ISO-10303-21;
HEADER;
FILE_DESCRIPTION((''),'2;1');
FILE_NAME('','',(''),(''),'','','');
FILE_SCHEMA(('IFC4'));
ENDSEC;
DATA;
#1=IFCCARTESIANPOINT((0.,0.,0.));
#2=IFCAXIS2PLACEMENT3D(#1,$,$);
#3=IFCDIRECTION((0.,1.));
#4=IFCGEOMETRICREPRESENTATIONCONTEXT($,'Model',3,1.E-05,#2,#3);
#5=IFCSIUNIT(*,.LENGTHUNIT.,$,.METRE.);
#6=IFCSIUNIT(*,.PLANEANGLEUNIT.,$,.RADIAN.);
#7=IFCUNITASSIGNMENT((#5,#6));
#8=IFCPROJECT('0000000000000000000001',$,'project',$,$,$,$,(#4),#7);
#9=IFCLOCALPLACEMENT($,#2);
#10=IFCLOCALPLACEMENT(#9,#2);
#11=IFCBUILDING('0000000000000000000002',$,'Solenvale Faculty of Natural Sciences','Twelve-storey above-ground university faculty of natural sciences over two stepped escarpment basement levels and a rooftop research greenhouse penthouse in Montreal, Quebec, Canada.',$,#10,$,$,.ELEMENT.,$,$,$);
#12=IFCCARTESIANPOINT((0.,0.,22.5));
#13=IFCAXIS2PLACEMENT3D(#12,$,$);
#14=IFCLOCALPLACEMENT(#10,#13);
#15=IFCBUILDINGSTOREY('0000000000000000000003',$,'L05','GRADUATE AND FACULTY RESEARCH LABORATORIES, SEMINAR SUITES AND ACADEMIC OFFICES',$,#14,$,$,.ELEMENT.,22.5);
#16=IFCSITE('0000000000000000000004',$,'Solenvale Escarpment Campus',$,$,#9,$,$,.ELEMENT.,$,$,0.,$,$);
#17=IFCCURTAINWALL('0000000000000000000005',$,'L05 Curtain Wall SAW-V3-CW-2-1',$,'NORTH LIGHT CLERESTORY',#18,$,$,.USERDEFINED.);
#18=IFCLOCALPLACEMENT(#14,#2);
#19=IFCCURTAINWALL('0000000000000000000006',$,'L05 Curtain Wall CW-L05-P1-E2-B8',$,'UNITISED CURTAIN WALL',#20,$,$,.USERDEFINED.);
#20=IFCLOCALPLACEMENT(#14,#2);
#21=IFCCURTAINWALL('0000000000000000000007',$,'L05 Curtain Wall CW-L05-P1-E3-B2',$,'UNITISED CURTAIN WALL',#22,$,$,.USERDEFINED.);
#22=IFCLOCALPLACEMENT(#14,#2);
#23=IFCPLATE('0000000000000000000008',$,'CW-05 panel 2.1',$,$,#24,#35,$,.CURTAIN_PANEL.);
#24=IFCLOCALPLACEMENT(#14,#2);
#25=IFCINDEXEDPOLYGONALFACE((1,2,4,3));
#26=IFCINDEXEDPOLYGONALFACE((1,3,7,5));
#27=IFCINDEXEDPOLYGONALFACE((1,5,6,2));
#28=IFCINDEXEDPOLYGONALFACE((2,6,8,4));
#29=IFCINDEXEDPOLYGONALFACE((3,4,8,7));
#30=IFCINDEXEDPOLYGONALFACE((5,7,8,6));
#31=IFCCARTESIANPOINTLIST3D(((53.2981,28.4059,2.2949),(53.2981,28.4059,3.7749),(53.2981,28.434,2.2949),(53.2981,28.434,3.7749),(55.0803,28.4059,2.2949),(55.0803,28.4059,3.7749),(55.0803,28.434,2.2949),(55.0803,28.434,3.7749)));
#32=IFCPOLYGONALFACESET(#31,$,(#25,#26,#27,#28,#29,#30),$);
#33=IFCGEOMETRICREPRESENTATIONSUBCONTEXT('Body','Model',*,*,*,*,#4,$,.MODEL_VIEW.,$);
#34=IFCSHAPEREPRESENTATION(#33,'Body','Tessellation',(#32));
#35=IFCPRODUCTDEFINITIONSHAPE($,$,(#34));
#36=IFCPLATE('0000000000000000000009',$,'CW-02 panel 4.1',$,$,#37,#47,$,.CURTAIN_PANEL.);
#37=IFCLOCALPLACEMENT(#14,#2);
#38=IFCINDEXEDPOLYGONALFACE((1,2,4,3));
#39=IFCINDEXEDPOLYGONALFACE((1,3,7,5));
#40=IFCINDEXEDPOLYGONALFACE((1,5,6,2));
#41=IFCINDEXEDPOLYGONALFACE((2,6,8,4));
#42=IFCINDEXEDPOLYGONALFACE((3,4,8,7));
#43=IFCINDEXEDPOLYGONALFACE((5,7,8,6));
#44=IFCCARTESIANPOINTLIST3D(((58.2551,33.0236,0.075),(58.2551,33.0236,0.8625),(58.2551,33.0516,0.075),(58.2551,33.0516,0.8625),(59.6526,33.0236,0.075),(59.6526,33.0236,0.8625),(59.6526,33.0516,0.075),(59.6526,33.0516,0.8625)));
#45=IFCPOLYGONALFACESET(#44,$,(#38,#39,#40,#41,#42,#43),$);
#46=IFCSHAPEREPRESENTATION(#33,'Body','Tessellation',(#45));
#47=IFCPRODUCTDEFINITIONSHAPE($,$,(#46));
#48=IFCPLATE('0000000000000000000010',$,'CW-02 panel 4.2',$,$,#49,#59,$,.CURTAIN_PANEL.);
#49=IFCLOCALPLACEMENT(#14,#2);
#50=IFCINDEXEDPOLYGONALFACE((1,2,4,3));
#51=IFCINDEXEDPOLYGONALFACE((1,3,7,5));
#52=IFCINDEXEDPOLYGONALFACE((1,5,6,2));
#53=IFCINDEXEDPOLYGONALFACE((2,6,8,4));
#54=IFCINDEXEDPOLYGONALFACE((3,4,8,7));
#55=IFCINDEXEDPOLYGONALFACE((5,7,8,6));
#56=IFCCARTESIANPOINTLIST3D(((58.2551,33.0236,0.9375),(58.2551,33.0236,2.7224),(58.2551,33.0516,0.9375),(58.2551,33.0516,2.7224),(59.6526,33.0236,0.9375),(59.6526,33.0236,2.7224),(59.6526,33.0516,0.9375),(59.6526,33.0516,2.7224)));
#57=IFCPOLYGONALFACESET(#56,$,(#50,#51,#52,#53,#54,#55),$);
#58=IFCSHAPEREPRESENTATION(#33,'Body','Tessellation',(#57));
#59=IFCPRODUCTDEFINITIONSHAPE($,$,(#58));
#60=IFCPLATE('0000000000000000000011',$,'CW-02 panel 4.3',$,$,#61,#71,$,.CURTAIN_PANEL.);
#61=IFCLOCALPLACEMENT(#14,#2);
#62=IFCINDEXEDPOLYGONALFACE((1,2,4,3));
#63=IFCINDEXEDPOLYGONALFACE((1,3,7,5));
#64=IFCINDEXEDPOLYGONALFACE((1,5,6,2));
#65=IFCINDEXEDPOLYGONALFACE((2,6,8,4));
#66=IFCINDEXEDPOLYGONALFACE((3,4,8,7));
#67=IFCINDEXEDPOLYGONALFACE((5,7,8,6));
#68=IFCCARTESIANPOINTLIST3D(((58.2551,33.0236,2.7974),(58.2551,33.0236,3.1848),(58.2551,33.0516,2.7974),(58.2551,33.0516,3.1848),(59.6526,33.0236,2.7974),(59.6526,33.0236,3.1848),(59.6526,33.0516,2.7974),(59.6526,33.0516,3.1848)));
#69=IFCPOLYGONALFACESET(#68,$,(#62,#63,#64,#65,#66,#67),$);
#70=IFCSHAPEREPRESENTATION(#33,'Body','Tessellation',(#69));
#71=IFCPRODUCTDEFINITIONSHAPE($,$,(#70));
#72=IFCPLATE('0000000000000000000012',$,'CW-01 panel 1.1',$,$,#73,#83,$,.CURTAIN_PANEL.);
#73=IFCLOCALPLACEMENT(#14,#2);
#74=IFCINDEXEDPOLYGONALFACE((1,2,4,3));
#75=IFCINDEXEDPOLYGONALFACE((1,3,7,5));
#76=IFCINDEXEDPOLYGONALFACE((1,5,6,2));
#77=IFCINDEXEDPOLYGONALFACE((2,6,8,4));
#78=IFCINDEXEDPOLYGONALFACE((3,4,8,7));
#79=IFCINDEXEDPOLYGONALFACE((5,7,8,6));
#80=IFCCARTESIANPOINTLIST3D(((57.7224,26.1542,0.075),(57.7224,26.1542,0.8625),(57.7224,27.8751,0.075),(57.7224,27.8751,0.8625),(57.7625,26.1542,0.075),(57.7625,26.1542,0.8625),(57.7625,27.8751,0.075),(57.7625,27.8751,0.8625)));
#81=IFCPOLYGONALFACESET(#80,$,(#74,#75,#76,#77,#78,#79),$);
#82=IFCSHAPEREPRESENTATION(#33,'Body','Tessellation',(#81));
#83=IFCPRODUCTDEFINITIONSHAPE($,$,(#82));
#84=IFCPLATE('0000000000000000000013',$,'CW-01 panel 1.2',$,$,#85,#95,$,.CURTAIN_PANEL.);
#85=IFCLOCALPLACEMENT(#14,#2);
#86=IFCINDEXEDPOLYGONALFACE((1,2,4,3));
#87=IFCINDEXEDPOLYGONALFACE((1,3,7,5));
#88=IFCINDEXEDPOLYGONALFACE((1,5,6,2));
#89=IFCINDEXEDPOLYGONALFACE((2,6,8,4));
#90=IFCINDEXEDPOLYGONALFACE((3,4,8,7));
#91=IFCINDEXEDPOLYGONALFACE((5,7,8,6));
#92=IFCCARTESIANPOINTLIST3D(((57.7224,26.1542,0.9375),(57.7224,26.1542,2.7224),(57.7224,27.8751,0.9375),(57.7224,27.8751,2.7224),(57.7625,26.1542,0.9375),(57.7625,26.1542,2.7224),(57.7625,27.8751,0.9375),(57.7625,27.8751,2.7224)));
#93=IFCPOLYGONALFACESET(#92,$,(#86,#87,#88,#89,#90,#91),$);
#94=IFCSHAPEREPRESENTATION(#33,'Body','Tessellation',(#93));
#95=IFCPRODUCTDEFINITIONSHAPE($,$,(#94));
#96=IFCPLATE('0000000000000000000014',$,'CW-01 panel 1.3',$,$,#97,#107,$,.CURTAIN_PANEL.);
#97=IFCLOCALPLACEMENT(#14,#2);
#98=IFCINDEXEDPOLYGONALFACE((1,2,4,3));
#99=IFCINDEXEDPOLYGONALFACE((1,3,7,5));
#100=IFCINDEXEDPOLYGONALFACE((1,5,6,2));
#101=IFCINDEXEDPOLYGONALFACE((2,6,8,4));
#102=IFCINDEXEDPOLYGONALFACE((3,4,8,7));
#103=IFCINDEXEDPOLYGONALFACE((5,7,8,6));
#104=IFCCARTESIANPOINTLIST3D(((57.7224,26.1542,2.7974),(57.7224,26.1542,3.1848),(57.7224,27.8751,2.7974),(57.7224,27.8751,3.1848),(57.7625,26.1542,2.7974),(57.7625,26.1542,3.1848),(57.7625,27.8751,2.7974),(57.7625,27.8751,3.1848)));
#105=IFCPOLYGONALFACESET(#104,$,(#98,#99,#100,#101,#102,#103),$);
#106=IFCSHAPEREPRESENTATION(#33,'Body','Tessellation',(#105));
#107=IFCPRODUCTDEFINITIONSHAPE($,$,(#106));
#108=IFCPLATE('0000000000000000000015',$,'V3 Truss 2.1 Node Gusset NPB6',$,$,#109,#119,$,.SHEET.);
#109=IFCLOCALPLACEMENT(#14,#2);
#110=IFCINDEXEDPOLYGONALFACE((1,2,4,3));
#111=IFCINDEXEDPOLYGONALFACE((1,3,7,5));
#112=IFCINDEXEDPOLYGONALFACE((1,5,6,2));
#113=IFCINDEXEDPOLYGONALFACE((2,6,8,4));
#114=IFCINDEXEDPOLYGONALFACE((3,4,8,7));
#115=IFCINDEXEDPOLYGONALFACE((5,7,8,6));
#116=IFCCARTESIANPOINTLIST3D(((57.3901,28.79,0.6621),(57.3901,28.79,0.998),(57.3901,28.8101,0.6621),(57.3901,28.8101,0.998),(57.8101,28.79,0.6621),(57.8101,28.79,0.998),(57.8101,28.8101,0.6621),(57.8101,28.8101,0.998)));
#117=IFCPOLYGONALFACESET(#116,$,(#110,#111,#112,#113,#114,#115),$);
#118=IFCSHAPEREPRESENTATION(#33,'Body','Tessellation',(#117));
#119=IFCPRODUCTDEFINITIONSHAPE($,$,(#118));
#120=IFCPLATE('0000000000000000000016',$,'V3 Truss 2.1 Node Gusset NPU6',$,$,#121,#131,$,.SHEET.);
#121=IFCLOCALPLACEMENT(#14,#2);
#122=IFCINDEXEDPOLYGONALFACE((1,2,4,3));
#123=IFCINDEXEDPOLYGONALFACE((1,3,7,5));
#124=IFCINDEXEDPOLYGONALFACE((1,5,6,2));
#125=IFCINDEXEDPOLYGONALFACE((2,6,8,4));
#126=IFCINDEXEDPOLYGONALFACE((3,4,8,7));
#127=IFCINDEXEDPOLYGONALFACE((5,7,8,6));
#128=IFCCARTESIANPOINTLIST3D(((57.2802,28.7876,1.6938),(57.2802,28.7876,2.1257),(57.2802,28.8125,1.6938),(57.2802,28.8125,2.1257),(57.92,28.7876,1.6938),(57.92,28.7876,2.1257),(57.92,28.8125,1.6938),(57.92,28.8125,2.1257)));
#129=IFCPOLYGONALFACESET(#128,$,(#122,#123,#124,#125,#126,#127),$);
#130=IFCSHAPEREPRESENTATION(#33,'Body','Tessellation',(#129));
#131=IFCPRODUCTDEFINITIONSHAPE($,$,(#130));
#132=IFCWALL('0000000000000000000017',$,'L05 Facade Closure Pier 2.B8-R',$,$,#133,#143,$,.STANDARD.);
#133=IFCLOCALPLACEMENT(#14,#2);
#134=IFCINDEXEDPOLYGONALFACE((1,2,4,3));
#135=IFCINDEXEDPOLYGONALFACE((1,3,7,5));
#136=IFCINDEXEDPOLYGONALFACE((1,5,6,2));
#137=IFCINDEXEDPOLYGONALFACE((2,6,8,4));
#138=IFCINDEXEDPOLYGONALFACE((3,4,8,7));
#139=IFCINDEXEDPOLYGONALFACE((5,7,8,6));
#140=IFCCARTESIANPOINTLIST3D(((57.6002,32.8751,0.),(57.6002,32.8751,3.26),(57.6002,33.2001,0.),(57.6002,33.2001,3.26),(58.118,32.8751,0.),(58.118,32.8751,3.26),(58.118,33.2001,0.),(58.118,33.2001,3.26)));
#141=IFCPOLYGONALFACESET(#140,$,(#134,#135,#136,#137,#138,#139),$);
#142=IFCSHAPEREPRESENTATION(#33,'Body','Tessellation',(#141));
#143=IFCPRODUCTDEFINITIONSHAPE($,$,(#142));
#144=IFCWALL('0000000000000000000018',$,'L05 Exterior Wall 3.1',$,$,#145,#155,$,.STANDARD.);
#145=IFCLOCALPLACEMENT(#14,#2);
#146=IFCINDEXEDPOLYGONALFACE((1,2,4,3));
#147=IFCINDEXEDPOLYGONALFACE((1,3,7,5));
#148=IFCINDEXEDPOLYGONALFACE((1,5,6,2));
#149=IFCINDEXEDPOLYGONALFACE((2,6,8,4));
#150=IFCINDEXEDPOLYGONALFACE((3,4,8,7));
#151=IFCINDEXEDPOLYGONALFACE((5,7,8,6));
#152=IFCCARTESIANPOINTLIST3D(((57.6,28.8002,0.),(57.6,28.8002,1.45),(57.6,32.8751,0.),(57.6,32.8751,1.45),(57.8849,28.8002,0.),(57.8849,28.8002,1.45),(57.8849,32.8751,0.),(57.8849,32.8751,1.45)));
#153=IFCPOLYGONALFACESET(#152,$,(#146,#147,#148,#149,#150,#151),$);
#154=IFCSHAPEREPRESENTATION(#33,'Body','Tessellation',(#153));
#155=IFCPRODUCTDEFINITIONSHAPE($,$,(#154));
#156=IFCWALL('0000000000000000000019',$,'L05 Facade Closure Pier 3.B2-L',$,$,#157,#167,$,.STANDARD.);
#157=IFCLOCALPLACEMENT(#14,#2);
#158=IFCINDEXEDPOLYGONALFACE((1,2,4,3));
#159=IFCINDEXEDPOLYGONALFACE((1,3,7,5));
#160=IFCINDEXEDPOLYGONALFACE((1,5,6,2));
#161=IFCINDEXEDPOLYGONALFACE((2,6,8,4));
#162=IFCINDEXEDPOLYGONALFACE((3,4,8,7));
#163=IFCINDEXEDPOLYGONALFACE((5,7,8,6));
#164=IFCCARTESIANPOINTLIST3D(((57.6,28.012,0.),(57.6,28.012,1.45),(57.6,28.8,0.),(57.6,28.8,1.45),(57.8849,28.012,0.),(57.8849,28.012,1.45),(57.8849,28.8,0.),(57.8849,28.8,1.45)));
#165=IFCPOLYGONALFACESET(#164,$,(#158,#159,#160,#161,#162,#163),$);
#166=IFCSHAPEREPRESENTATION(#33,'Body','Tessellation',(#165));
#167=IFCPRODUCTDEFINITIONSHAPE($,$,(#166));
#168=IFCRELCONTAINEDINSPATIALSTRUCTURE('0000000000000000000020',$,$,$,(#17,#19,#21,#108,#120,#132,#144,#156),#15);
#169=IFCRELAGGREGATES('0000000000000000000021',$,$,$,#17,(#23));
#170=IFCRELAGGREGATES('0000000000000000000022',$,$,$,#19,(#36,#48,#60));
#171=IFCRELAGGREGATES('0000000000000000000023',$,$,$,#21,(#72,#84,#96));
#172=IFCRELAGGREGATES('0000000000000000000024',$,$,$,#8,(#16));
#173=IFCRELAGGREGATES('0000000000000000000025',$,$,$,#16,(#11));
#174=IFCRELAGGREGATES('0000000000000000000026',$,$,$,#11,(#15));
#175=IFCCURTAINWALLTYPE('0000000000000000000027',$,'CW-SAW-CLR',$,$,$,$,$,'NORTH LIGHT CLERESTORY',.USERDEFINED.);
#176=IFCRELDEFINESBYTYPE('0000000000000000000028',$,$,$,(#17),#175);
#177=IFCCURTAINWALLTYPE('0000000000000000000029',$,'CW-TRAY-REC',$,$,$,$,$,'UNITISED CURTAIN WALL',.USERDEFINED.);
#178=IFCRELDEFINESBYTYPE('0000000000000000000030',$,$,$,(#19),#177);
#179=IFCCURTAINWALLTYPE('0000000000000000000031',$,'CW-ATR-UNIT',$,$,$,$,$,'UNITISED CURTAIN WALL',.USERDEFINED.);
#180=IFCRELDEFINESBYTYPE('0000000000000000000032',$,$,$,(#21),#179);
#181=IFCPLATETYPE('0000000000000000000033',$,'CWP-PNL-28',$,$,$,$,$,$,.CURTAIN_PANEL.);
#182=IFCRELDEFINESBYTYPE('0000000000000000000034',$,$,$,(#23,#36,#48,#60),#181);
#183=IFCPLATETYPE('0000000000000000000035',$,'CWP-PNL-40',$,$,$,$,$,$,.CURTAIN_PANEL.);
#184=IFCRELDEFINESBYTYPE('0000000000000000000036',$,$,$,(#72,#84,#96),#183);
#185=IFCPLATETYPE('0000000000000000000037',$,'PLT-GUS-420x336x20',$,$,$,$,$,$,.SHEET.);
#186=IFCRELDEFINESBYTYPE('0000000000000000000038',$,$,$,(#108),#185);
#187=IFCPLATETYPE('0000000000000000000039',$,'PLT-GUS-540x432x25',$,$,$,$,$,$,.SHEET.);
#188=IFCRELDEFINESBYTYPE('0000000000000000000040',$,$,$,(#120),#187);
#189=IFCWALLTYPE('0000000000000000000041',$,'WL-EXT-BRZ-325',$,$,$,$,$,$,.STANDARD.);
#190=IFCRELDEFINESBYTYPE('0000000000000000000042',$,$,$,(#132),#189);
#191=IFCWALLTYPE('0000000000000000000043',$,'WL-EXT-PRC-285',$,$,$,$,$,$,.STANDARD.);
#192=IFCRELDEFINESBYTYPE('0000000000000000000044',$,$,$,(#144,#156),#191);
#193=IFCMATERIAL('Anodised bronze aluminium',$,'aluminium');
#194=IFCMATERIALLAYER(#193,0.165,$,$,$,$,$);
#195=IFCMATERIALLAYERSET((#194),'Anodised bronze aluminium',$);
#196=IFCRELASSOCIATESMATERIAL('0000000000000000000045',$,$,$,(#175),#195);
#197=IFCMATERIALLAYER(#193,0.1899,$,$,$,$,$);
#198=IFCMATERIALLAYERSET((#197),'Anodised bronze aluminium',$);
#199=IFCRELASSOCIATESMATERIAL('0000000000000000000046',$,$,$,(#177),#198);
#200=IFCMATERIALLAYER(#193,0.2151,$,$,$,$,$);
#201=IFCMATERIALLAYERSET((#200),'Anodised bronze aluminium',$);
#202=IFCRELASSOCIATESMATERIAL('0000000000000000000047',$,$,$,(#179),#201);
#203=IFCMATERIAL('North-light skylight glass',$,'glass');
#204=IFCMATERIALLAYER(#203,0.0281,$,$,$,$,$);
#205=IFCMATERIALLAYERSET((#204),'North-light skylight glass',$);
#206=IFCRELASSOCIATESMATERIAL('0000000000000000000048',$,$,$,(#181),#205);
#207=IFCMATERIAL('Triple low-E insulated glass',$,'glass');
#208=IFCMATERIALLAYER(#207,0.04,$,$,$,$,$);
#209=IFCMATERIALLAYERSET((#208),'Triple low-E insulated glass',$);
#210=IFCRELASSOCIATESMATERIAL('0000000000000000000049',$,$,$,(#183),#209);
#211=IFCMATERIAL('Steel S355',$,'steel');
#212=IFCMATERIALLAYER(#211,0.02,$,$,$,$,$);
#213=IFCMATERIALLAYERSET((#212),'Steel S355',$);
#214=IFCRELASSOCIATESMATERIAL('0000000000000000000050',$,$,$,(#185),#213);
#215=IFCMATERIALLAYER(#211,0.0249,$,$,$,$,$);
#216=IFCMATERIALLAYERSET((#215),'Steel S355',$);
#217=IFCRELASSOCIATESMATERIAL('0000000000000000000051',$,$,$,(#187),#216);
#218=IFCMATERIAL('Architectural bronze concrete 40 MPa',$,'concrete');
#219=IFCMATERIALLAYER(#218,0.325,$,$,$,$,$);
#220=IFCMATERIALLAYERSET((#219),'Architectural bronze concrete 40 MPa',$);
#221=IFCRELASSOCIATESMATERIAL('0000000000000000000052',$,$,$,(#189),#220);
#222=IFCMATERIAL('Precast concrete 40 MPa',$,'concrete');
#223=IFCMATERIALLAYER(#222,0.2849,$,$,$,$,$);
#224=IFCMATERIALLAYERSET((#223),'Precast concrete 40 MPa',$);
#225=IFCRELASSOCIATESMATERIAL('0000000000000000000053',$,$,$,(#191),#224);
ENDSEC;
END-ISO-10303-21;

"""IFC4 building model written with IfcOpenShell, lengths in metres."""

from ifc_helpers import new_model, si_unit, direction, frame, frame_2d, origin, origin_2d, place, context, subcontext, project, spatial, rectangle, extrude, material, layer, layer_set, type_object, element, aggregate, save


model = new_model("IFC4")

# Units and contexts
model_context = context("Model", 3, precision=1e-05, world=origin(), true_north=direction((0.0, 1.0)))
body_context = subcontext(model_context, "Body", "Model", "MODEL_VIEW")
ifc_project = project(units=[si_unit("LENGTHUNIT", "METRE"), si_unit("PLANEANGLEUNIT", "RADIAN")], contexts=[model_context])

# Site, building, storey
site_placement = place(None, origin())
site = spatial("IfcSite", under=ifc_project, at=site_placement, Name="Solenvale Escarpment Campus", CompositionType="ELEMENT", RefElevation=0.0)
building_placement = place(site_placement, origin())
building = spatial("IfcBuilding", under=site, at=building_placement, Name="Solenvale Faculty of Natural Sciences", Description="Twelve-storey above-ground university faculty of natural sciences over two stepped escarpment basement levels and a rooftop research greenhouse penthouse in Montreal, Quebec, Canada.", CompositionType="ELEMENT")
storey_placement = place(building_placement, frame((0.0, 0.0, 22.5)))
storey = spatial("IfcBuildingStorey", under=building, at=storey_placement, Name="L05", Description="GRADUATE AND FACULTY RESEARCH LABORATORIES, SEMINAR SUITES AND ACADEMIC OFFICES", CompositionType="ELEMENT", Elevation=22.5)

# Shared definitions
ifc_material_1 = material(Name="Steel S355", Category="steel")

# Curtain wall
ifc_material_2 = material(Name="Anodised bronze aluminium", Category="aluminium")
ifc_layer_1 = layer(ifc_material_2, 0.165)
ifc_layer_set_1 = layer_set([ifc_layer_1], Name="Anodised bronze aluminium")
curtain_wall_type_1 = type_object("IfcCurtainWallType", Name="CW-SAW-CLR", ElementType="NORTH LIGHT CLERESTORY", PredefinedType="USERDEFINED", material=ifc_layer_set_1)
curtain_wall_1_placement = place(storey_placement, origin())
curtain_wall_1 = element("IfcCurtainWall", 1, at=curtain_wall_1_placement, inside=storey, type_object=curtain_wall_type_1, Name="L05 Curtain Wall SAW-V3-CW-2-1", ObjectType="NORTH LIGHT CLERESTORY", PredefinedType="USERDEFINED")

# Curtain wall
ifc_layer_2 = layer(ifc_material_2, 0.1899)
ifc_layer_set_2 = layer_set([ifc_layer_2], Name="Anodised bronze aluminium")
curtain_wall_type_2 = type_object("IfcCurtainWallType", Name="CW-TRAY-REC", ElementType="UNITISED CURTAIN WALL", PredefinedType="USERDEFINED", material=ifc_layer_set_2)
curtain_wall_2_placement = place(storey_placement, origin())
curtain_wall_2 = element("IfcCurtainWall", 2, at=curtain_wall_2_placement, inside=storey, type_object=curtain_wall_type_2, Name="L05 Curtain Wall CW-L05-P1-E2-B8", ObjectType="UNITISED CURTAIN WALL", PredefinedType="USERDEFINED")

# Curtain wall
ifc_layer_3 = layer(ifc_material_2, 0.2151)
ifc_layer_set_3 = layer_set([ifc_layer_3], Name="Anodised bronze aluminium")
curtain_wall_type_3 = type_object("IfcCurtainWallType", Name="CW-ATR-UNIT", ElementType="UNITISED CURTAIN WALL", PredefinedType="USERDEFINED", material=ifc_layer_set_3)
curtain_wall_3_placement = place(storey_placement, origin())
curtain_wall_3 = element("IfcCurtainWall", 3, at=curtain_wall_3_placement, inside=storey, type_object=curtain_wall_type_3, Name="L05 Curtain Wall CW-L05-P1-E3-B2", ObjectType="UNITISED CURTAIN WALL", PredefinedType="USERDEFINED")

# Plates
ifc_material_3 = material(Name="North-light skylight glass", Category="glass")
ifc_layer_4 = layer(ifc_material_3, 0.0281)
ifc_layer_set_4 = layer_set([ifc_layer_4], Name="North-light skylight glass")
plate_type_1 = type_object("IfcPlateType", Name="CWP-PNL-28", PredefinedType="CURTAIN_PANEL", material=ifc_layer_set_4)
plate_1_placement = place(storey_placement, frame((54.1892, 28.4199, 2.2949), z_axis=(0.0, 0.0, 1.0), x_axis=(-1.0, 0.0, 0.0)))
plate_1 = element("IfcPlate", 4, at=plate_1_placement, type_object=plate_type_1, Name="CW-05 panel 2.1", PredefinedType="CURTAIN_PANEL", context=body_context, shape_type="SweptSolid", body=[
    extrude(rectangle(XDim=1.7822, YDim=0.0281, at=origin_2d()), origin(), (0.0, 0.0, 1.0), 1.48),
])
aggregate(curtain_wall_1, [plate_1])
plate_2_placement = place(storey_placement, frame((58.9539, 33.0376, 0.075), z_axis=(0.0, 0.0, 1.0), x_axis=(-1.0, 0.0, 0.0)))
plate_2 = element("IfcPlate", 5, at=plate_2_placement, type_object=plate_type_1, Name="CW-02 panel 4.1", PredefinedType="CURTAIN_PANEL", context=body_context, shape_type="SweptSolid", body=[
    extrude(rectangle(XDim=1.3975, YDim=0.0281, at=origin_2d()), origin(), (0.0, 0.0, 1.0), 0.7876),
])
plate_3_placement = place(storey_placement, frame((58.9539, 33.0376, 0.9375), z_axis=(0.0, 0.0, 1.0), x_axis=(-1.0, 0.0, 0.0)))
plate_3 = element("IfcPlate", 6, at=plate_3_placement, type_object=plate_type_1, Name="CW-02 panel 4.2", PredefinedType="CURTAIN_PANEL", context=body_context, shape_type="SweptSolid", body=[
    extrude(rectangle(XDim=1.3975, YDim=0.0281, at=origin_2d()), origin(), (0.0, 0.0, 1.0), 1.7849),
])
plate_4_placement = place(storey_placement, frame((58.9539, 33.0376, 2.7974), z_axis=(0.0, 0.0, 1.0), x_axis=(-1.0, 0.0, 0.0)))
plate_4 = element("IfcPlate", 7, at=plate_4_placement, type_object=plate_type_1, Name="CW-02 panel 4.3", PredefinedType="CURTAIN_PANEL", context=body_context, shape_type="SweptSolid", body=[
    extrude(rectangle(XDim=1.3975, YDim=0.0281, at=origin_2d()), origin(), (0.0, 0.0, 1.0), 0.3875),
])
aggregate(curtain_wall_2, [plate_2, plate_3, plate_4])
ifc_material_4 = material(Name="Triple low-E insulated glass", Category="glass")
ifc_layer_5 = layer(ifc_material_4, 0.04)
ifc_layer_set_5 = layer_set([ifc_layer_5], Name="Triple low-E insulated glass")
plate_type_2 = type_object("IfcPlateType", Name="CWP-PNL-40", PredefinedType="CURTAIN_PANEL", material=ifc_layer_set_5)
plate_5_placement = place(storey_placement, frame((57.7424, 27.0146, 0.075), z_axis=(0.0, 0.0, 1.0), x_axis=(0.0, -1.0, 0.0)))
plate_5 = element("IfcPlate", 8, at=plate_5_placement, type_object=plate_type_2, Name="CW-01 panel 1.1", PredefinedType="CURTAIN_PANEL", context=body_context, shape_type="SweptSolid", body=[
    extrude(rectangle(XDim=1.7209, YDim=0.04, at=origin_2d()), origin(), (0.0, 0.0, 1.0), 0.7876),
])
plate_6_placement = place(storey_placement, frame((57.7424, 27.0146, 0.9375), z_axis=(0.0, 0.0, 1.0), x_axis=(0.0, -1.0, 0.0)))
plate_6 = element("IfcPlate", 9, at=plate_6_placement, type_object=plate_type_2, Name="CW-01 panel 1.2", PredefinedType="CURTAIN_PANEL", context=body_context, shape_type="SweptSolid", body=[
    extrude(rectangle(XDim=1.7209, YDim=0.04, at=origin_2d()), origin(), (0.0, 0.0, 1.0), 1.7849),
])
plate_7_placement = place(storey_placement, frame((57.7424, 27.0146, 2.7974), z_axis=(0.0, 0.0, 1.0), x_axis=(0.0, -1.0, 0.0)))
plate_7 = element("IfcPlate", 10, at=plate_7_placement, type_object=plate_type_2, Name="CW-01 panel 1.3", PredefinedType="CURTAIN_PANEL", context=body_context, shape_type="SweptSolid", body=[
    extrude(rectangle(XDim=1.7209, YDim=0.04, at=origin_2d()), origin(), (0.0, 0.0, 1.0), 0.3875),
])
aggregate(curtain_wall_3, [plate_5, plate_6, plate_7])

# Plates
ifc_layer_6 = layer(ifc_material_1, 0.02)
ifc_layer_set_6 = layer_set([ifc_layer_6], Name="Steel S355")
plate_type_3 = type_object("IfcPlateType", Name="PLT-GUS-420x336x20", PredefinedType="SHEET", material=ifc_layer_set_6)
plate_8_placement = place(storey_placement, frame((57.6001, 28.8, 0.6621), z_axis=(0.0, 0.0, 1.0), x_axis=(1.0, 0.0, 0.0)))
element("IfcPlate", 11, at=plate_8_placement, inside=storey, type_object=plate_type_3, Name="V3 Truss 2.1 Node Gusset NPB6", PredefinedType="SHEET", context=body_context, shape_type="SweptSolid", body=[
    extrude(rectangle(XDim=0.4199, YDim=0.02, at=origin_2d()), origin(), (0.0, 0.0, 1.0), 0.3359),
])
ifc_layer_7 = layer(ifc_material_1, 0.0249)
ifc_layer_set_7 = layer_set([ifc_layer_7], Name="Steel S355")
plate_type_4 = type_object("IfcPlateType", Name="PLT-GUS-540x432x25", PredefinedType="SHEET", material=ifc_layer_set_7)
plate_9_placement = place(storey_placement, frame((57.6001, 28.8, 1.6938), z_axis=(0.0, 0.0, 1.0), x_axis=(1.0, 0.0, 0.0)))
element("IfcPlate", 12, at=plate_9_placement, inside=storey, type_object=plate_type_4, Name="V3 Truss 2.1 Node Gusset NPU6", PredefinedType="SHEET", context=body_context, shape_type="SweptSolid", body=[
    extrude(rectangle(XDim=0.6399, YDim=0.0249, at=origin_2d()), origin(), (0.0, 0.0, 1.0), 0.4319),
])

# Walls
ifc_material_5 = material(Name="Architectural bronze concrete 40 MPa", Category="concrete")
ifc_layer_8 = layer(ifc_material_5, 0.325)
ifc_layer_set_8 = layer_set([ifc_layer_8], Name="Architectural bronze concrete 40 MPa")
wall_type_1 = type_object("IfcWallType", Name="WL-EXT-BRZ-325", PredefinedType="STANDARD", material=ifc_layer_set_8)
wall_1_placement = place(storey_placement, frame((58.1179, 33.0376, 0.0), z_axis=(0.0, 0.0, 1.0), x_axis=(-1.0, 0.0, 0.0)))
element("IfcWall", 13, at=wall_1_placement, inside=storey, type_object=wall_type_1, Name="L05 Facade Closure Pier 2.B8-R", PredefinedType="STANDARD", context=body_context, shape_type="SweptSolid", body=[
    extrude(rectangle(XDim=0.5178, YDim=0.325, at=frame_2d((0.2588, 0.0))), origin(), (0.0, 0.0, 1.0), 3.26),
])
ifc_material_6 = material(Name="Precast concrete 40 MPa", Category="concrete")
ifc_layer_9 = layer(ifc_material_6, 0.2849)
ifc_layer_set_9 = layer_set([ifc_layer_9], Name="Precast concrete 40 MPa")
wall_type_2 = type_object("IfcWallType", Name="WL-EXT-PRC-285", PredefinedType="STANDARD", material=ifc_layer_set_9)
wall_2_placement = place(storey_placement, frame((57.7424, 28.8, 0.0), z_axis=(0.0, 0.0, 1.0), x_axis=(0.0, 1.0, 0.0)))
element("IfcWall", 14, at=wall_2_placement, inside=storey, type_object=wall_type_2, Name="L05 Exterior Wall 3.1", PredefinedType="STANDARD", context=body_context, shape_type="SweptSolid", body=[
    extrude(rectangle(XDim=4.075, YDim=0.2849, at=frame_2d((2.0376, 0.0))), origin(), (0.0, 0.0, 1.0), 1.45),
])
wall_3_placement = place(storey_placement, frame((57.7424, 28.8, 0.0), z_axis=(0.0, 0.0, 1.0), x_axis=(0.0, -1.0, 0.0)))
element("IfcWall", 15, at=wall_3_placement, inside=storey, type_object=wall_type_2, Name="L05 Facade Closure Pier 3.B2-L", PredefinedType="STANDARD", context=body_context, shape_type="SweptSolid", body=[
    extrude(rectangle(XDim=0.7881, YDim=0.2849, at=frame_2d((0.394, 0.0))), origin(), (0.0, 0.0, 1.0), 1.45),
])

save(model, "model.ifc")
